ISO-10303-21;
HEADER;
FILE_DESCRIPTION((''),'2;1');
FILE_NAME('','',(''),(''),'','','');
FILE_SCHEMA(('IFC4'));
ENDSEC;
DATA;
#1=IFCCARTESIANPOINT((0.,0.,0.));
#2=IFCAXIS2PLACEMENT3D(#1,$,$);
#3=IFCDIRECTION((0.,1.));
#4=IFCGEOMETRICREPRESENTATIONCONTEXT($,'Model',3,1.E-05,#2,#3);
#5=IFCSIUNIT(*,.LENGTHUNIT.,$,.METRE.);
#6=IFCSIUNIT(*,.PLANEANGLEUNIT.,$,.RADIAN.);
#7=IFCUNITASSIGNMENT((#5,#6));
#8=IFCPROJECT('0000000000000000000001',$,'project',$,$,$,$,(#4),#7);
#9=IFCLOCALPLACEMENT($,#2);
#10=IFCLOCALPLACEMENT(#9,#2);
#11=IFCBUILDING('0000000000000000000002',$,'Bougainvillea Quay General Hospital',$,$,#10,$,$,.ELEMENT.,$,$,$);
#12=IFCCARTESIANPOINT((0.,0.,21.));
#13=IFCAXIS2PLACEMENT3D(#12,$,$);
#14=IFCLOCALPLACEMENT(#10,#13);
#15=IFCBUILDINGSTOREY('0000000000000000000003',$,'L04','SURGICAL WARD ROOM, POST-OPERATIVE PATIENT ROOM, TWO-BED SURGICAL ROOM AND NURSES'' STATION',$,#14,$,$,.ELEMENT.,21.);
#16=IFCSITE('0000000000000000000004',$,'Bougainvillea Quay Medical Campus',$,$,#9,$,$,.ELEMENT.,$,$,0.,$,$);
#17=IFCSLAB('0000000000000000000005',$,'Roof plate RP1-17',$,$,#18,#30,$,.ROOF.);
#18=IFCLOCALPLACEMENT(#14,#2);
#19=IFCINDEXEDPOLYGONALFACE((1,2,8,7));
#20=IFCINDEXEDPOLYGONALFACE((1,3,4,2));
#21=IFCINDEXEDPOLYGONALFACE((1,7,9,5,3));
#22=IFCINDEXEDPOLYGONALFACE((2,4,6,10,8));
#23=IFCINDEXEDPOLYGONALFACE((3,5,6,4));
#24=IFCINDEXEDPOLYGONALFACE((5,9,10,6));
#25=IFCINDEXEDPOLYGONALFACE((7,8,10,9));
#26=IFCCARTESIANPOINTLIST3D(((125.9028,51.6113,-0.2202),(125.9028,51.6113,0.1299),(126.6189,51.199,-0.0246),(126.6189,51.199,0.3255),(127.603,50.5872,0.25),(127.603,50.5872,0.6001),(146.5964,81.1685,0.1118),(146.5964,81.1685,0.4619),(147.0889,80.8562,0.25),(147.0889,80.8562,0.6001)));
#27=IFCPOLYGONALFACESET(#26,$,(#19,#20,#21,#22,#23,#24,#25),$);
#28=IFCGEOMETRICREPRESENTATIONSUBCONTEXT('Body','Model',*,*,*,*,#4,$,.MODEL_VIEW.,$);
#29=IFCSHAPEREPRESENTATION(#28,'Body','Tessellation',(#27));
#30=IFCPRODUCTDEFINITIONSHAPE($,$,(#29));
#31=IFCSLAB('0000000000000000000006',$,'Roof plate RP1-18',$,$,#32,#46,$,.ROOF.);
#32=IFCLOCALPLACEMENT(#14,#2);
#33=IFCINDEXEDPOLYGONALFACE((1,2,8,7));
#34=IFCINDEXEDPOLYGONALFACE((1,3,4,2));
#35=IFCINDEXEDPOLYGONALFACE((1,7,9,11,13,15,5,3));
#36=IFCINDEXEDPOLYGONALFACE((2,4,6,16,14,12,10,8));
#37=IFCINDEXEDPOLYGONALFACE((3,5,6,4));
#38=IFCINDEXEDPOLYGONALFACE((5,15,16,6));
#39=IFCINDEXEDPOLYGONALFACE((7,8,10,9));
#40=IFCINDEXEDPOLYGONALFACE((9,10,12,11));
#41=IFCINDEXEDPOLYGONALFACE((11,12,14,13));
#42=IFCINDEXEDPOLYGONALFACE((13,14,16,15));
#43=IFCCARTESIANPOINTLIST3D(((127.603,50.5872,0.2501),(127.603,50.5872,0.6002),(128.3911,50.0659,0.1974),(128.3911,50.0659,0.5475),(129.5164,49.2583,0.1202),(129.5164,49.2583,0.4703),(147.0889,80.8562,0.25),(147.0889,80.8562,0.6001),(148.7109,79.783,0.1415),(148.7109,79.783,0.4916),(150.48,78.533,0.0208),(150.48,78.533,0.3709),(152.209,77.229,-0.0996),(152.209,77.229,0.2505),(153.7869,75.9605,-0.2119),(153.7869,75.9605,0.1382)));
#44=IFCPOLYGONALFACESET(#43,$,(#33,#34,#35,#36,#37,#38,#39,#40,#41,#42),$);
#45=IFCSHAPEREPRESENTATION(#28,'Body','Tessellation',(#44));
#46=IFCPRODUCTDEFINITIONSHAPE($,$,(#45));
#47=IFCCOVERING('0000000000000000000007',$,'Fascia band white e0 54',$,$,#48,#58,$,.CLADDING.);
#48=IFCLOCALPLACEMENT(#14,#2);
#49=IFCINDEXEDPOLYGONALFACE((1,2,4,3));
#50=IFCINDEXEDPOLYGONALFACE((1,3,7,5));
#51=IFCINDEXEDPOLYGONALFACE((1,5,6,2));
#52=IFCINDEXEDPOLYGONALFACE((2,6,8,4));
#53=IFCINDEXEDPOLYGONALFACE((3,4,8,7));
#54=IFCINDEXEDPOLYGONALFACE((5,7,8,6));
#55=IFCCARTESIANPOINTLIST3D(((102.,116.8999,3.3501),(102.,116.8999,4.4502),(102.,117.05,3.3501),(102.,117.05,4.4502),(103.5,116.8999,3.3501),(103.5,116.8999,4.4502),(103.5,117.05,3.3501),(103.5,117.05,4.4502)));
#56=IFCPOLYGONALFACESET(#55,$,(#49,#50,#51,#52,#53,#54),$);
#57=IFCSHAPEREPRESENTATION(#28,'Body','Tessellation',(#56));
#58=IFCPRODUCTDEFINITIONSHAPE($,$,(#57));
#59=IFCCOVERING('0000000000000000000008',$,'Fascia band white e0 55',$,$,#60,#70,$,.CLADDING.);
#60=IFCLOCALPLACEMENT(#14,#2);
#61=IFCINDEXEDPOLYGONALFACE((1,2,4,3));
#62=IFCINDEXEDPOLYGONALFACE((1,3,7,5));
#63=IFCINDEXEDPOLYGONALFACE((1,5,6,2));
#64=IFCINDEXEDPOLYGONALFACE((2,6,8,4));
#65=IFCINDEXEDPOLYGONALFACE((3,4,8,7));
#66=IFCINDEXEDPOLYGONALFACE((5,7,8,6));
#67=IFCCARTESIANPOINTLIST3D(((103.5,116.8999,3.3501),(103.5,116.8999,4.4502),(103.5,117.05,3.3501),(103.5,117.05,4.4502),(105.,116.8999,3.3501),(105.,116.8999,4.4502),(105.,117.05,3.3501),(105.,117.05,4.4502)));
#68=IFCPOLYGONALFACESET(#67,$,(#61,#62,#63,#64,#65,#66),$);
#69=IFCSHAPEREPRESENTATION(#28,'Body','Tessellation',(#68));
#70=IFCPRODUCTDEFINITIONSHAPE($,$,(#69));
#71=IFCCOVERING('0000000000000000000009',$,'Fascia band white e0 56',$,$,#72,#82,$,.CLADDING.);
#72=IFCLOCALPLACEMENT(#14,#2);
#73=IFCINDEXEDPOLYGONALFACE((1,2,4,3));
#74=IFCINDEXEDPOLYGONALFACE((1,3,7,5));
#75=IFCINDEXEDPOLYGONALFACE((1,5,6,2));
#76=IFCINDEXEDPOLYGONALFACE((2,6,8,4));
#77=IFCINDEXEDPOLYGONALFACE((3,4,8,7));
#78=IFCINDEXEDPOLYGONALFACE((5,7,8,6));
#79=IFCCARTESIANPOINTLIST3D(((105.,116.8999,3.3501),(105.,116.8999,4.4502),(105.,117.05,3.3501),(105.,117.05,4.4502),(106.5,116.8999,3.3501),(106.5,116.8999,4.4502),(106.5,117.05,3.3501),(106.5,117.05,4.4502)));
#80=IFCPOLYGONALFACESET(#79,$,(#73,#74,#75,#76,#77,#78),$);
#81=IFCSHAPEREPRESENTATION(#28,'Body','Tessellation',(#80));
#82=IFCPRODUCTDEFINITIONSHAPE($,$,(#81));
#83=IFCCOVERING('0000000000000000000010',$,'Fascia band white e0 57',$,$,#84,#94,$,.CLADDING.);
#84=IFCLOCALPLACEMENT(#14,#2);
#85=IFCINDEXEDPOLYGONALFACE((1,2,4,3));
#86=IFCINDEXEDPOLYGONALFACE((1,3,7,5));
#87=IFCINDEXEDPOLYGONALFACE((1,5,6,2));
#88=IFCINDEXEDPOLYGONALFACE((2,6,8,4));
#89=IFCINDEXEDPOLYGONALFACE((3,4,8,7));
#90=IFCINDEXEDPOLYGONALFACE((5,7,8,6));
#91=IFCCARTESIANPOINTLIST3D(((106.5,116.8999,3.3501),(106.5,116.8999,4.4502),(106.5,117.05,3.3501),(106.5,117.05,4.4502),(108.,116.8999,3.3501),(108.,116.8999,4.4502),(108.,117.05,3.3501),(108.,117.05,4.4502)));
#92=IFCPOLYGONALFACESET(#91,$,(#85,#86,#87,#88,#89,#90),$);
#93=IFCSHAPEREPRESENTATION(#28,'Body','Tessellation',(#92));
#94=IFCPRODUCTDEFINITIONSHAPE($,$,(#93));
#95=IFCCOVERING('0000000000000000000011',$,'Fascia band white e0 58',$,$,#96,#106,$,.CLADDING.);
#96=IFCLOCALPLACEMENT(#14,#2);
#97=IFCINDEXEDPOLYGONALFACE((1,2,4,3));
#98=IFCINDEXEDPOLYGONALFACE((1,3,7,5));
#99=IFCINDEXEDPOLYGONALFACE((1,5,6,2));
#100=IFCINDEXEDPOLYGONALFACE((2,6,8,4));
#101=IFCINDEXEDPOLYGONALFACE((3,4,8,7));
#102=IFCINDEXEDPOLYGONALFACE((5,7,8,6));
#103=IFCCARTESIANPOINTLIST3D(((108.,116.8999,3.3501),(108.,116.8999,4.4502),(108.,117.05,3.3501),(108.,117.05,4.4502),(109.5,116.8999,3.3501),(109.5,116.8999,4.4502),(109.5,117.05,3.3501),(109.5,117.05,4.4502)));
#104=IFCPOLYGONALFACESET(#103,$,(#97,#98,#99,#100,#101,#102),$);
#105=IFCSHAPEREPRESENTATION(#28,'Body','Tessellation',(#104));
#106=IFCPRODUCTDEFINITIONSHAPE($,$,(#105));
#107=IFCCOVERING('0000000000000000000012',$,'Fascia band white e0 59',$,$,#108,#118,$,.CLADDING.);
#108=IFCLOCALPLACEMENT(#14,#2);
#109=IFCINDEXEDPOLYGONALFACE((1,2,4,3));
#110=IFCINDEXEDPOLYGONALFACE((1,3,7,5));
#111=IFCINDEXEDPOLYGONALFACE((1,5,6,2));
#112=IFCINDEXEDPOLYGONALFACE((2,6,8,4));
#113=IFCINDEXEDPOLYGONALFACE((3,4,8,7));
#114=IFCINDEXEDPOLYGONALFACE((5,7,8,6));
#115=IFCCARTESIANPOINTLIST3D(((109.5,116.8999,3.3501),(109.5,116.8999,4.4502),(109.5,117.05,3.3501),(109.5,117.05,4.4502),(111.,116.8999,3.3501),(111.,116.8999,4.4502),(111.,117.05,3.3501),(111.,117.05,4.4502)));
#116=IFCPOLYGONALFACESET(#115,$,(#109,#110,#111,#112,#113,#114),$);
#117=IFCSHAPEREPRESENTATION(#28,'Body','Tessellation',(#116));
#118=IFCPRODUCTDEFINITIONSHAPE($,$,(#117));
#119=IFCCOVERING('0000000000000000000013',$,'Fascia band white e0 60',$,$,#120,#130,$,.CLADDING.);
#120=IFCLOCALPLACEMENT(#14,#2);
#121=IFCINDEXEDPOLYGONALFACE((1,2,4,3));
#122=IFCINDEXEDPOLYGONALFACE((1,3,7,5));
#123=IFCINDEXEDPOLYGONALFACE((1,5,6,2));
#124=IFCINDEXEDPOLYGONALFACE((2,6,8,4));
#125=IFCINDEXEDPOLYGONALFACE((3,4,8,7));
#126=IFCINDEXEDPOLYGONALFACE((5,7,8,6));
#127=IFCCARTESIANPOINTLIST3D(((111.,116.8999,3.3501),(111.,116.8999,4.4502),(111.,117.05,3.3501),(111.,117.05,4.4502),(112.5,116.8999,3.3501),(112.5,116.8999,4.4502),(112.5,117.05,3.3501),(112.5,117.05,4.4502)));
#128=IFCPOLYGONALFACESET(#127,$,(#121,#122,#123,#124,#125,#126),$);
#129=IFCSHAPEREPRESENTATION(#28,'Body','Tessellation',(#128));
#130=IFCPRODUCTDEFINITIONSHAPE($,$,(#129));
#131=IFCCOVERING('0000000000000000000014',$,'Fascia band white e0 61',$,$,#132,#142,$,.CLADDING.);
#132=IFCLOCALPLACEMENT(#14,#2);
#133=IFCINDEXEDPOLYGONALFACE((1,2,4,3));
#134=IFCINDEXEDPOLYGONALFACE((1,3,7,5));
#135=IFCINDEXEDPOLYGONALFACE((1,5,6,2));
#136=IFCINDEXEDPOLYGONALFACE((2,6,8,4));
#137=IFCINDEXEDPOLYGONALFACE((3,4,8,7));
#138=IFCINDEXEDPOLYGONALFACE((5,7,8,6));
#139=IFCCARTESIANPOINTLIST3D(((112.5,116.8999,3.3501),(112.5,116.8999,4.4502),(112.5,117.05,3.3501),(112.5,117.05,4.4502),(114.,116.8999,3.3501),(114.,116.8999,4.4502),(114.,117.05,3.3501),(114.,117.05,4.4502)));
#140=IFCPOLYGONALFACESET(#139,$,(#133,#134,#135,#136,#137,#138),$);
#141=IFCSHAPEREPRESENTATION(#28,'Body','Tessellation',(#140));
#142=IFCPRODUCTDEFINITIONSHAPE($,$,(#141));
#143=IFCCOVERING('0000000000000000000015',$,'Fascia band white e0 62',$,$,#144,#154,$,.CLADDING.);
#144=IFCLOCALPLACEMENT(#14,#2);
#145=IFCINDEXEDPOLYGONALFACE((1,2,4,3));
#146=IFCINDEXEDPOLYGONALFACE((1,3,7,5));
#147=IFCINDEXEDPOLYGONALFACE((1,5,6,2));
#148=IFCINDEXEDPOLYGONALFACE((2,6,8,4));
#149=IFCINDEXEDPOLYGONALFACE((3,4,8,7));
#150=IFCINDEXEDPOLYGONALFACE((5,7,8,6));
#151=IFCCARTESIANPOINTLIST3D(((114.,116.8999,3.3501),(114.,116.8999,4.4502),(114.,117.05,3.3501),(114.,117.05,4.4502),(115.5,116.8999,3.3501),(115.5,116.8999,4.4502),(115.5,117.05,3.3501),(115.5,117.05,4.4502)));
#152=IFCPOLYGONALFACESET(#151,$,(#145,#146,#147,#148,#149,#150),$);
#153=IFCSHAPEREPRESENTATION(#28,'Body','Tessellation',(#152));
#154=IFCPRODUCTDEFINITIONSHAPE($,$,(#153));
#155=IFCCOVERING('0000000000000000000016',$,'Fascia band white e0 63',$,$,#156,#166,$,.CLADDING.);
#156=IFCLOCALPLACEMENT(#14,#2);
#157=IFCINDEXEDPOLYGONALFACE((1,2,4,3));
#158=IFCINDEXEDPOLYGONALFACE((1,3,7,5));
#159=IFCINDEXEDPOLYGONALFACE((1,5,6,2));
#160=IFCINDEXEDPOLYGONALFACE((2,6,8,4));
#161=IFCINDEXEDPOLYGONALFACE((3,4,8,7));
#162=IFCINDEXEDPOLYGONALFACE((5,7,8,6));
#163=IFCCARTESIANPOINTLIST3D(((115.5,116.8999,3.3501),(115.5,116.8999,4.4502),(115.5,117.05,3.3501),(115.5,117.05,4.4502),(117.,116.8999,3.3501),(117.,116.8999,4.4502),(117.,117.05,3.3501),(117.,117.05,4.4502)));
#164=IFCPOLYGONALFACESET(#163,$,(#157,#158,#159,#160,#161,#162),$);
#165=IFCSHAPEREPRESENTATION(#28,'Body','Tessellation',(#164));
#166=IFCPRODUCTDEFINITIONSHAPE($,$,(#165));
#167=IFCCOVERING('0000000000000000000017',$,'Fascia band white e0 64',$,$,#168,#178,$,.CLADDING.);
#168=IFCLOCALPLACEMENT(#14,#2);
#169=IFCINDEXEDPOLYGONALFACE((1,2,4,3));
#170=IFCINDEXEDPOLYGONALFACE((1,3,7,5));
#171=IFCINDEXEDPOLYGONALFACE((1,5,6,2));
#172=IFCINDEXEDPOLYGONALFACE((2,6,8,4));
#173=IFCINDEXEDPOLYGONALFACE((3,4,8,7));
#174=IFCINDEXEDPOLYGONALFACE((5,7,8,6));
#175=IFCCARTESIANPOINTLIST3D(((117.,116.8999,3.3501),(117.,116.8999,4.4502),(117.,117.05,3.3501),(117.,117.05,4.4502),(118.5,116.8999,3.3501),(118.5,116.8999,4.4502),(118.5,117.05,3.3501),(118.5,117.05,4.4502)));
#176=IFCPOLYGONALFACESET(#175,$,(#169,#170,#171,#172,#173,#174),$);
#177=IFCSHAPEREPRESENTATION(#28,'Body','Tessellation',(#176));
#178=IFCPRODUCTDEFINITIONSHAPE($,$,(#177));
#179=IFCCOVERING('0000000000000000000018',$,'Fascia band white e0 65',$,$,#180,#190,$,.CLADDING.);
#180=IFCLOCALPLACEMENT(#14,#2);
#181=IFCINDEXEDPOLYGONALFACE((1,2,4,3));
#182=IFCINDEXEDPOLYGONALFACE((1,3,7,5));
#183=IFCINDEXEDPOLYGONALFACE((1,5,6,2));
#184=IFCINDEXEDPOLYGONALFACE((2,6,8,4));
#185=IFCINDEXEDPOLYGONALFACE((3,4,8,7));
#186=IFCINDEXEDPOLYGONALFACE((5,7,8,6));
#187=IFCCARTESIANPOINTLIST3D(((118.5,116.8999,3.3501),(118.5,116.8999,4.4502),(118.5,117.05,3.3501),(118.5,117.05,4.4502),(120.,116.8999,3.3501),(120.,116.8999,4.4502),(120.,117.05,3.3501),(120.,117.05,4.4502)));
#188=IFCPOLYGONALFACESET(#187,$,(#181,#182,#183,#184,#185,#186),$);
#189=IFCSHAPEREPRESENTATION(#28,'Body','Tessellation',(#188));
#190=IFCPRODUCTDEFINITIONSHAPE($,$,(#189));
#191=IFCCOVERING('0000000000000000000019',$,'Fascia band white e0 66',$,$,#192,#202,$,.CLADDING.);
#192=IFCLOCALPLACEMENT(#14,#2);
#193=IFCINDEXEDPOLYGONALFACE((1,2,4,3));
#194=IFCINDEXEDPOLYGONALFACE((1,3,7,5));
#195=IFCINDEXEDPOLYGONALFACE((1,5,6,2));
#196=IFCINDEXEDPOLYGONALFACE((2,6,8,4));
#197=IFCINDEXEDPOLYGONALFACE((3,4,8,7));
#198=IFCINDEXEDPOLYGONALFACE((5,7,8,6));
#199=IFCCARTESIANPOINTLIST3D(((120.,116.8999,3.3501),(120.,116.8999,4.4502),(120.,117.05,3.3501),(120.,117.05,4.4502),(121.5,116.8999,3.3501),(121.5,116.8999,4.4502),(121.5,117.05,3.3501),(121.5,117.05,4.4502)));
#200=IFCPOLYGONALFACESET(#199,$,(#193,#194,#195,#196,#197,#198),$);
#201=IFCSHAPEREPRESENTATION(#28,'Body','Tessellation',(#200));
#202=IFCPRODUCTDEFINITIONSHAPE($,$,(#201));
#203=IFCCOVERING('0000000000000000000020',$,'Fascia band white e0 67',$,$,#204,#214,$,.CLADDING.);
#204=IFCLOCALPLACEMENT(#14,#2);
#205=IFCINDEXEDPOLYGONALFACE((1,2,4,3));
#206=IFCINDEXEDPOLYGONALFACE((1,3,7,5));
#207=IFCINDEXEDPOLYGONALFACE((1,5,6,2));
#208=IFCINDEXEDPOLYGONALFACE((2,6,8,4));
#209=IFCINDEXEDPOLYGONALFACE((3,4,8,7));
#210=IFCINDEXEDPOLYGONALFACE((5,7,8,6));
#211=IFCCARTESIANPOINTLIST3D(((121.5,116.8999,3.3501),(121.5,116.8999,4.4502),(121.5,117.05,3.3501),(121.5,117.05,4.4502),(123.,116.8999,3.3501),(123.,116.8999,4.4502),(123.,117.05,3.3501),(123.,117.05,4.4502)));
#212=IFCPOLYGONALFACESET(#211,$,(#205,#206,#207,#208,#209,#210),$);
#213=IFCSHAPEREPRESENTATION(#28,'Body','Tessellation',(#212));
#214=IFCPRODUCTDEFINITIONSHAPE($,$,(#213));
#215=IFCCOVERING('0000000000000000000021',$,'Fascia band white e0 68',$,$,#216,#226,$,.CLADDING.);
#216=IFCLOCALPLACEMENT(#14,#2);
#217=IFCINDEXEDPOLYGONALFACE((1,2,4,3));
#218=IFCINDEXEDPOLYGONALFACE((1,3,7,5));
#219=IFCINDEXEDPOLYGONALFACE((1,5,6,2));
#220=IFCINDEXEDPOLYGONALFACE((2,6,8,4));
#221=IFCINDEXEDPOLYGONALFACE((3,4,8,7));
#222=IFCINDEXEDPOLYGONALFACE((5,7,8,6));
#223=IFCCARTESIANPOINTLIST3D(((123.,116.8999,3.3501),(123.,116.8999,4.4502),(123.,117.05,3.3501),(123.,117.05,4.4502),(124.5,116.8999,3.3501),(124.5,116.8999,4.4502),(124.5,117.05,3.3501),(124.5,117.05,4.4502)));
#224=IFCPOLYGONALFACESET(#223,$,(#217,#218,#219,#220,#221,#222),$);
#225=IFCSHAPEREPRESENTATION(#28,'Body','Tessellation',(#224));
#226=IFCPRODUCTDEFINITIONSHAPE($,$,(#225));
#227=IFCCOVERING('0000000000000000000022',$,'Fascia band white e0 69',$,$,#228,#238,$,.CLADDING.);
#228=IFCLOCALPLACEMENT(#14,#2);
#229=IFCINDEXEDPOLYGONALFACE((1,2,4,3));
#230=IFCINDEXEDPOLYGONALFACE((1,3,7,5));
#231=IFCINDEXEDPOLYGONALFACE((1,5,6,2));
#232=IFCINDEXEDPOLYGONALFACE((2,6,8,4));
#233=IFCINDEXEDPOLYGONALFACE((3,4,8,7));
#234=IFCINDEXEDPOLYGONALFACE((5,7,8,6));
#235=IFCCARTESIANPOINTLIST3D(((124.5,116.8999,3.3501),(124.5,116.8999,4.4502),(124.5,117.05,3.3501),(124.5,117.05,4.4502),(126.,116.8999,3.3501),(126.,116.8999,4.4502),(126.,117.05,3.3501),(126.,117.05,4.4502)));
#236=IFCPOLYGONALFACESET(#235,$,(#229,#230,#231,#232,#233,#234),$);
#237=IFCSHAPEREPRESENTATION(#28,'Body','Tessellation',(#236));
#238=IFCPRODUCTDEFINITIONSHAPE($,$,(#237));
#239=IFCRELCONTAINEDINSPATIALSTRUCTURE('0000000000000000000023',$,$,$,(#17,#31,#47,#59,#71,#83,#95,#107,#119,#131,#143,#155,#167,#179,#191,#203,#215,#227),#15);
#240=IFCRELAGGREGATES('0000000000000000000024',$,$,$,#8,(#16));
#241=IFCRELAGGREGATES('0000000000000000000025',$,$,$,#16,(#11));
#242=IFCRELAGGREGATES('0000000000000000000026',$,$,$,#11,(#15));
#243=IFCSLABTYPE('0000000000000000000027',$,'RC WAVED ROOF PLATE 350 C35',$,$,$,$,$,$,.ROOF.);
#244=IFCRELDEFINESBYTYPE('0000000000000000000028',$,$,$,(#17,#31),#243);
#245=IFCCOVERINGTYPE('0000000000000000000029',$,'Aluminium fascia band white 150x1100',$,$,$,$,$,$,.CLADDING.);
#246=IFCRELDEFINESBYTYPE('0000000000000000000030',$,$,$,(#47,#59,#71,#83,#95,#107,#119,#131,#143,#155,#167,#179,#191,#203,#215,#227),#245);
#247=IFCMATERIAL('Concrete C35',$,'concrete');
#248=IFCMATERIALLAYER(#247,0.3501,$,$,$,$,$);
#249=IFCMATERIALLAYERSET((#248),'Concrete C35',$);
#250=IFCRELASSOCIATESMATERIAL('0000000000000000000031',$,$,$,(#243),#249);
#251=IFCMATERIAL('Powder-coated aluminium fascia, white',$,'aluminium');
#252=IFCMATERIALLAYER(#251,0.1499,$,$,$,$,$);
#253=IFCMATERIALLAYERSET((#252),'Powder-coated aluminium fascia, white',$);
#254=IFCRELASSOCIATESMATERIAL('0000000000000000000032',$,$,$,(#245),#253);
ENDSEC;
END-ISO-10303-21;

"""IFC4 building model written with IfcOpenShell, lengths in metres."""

from ifc_helpers import new_model, si_unit, direction, frame, origin, place, context, subcontext, project, spatial, polyline, outline, extrude, material, layer, layer_set, type_object, element, save


model = new_model("IFC4")

# Units and contexts
model_context = context("Model", 3, precision=1e-05, world=origin(), true_north=direction((0.0, 1.0)))
body_context = subcontext(model_context, "Body", "Model", "MODEL_VIEW")
ifc_project = project(units=[si_unit("LENGTHUNIT", "METRE"), si_unit("PLANEANGLEUNIT", "RADIAN")], contexts=[model_context])

# Site, building, storey
site_placement = place(None, origin())
site = spatial("IfcSite", under=ifc_project, at=site_placement, Name="Bougainvillea Quay Medical Campus", CompositionType="ELEMENT", RefElevation=0.0)
building_placement = place(site_placement, origin())
building = spatial("IfcBuilding", under=site, at=building_placement, Name="Bougainvillea Quay General Hospital", CompositionType="ELEMENT")
storey_placement = place(building_placement, frame((0.0, 0.0, 21.0)))
storey = spatial("IfcBuildingStorey", under=building, at=storey_placement, Name="L04", Description="SURGICAL WARD ROOM, POST-OPERATIVE PATIENT ROOM, TWO-BED SURGICAL ROOM AND NURSES' STATION", CompositionType="ELEMENT", Elevation=21.0)

# Slabs
ifc_material_1 = material(Name="Concrete C35", Category="concrete")
ifc_layer_1 = layer(ifc_material_1, 0.3501)
ifc_layer_set_1 = layer_set([ifc_layer_1], Name="Concrete C35")
slab_type = type_object("IfcSlabType", Name="RC WAVED ROOF PLATE 350 C35", PredefinedType="ROOF", material=ifc_layer_set_1)
slab_1_placement = place(storey_placement, frame((146.5964, 81.1685, 0.4619), z_axis=(-0.193911, 0.124829, 0.973045), x_axis=(-0.573505, -0.81915, -0.009203)))
element("IfcSlab", 1, at=slab_1_placement, inside=storey, type_object=slab_type, Name="Roof plate RP1-17", PredefinedType="ROOF", context=body_context, shape_type="SweptSolid", body=[
    extrude(outline(polyline([(0.0, 0.0), (36.0827, 0.0), (36.008, 0.8458), (35.9422, 2.0349), (-0.0279, 0.5986), (0.0, 0.0)])), origin(), (0.009203, -0.230432, -0.973045), 0.3501),
])
slab_2_placement = place(storey_placement, frame((147.0889, 80.8562, 0.6001), z_axis=(0.046827, -0.030143, 0.998448), x_axis=(-0.541291, -0.840835, 0.000002)))
element("IfcSlab", 2, at=slab_2_placement, inside=storey, type_object=slab_type, Name="Roof plate RP1-18", PredefinedType="ROOF", context=body_context, shape_type="SweptSolid", body=[
    extrude(outline(polyline([(0.0, 0.0), (35.9988, 0.0), (36.0105, 0.9463), (36.0805, 2.3317), (0.491, 8.2948), (0.2784, 6.2783), (0.1179, 4.1153), (0.0244, 1.9479), (0.0, 0.0)])), origin(), (-0.000002, 0.055691, -0.998448), 0.3501),
])

# Coverings
ifc_material_2 = material(Name="Powder-coated aluminium fascia, white", Category="aluminium")
ifc_layer_2 = layer(ifc_material_2, 0.1499)
ifc_layer_set_2 = layer_set([ifc_layer_2], Name="Powder-coated aluminium fascia, white")
covering_type = type_object("IfcCoveringType", Name="Aluminium fascia band white 150x1100", PredefinedType="CLADDING", material=ifc_layer_set_2)
for number, where, z_axis, x_axis, name in (
    (3, (102.0, 117.05, 3.3501), (0.0, 0.0, 1.0), (1.0, 0.0, 0.0), "Fascia band white e0 54"),
    (4, (103.5, 117.05, 3.3501), (0.0, 0.0, 1.0), (1.0, 0.0, 0.0), "Fascia band white e0 55"),
    (5, (105.0, 117.05, 3.3501), (0.0, 0.0, 1.0), (1.0, 0.0, 0.0), "Fascia band white e0 56"),
    (6, (106.5, 117.05, 3.3501), (0.0, 0.0, 1.0), (1.0, 0.0, 0.0), "Fascia band white e0 57"),
    (7, (108.0, 117.05, 3.3501), (0.0, 0.0, 1.0), (1.0, 0.0, 0.0), "Fascia band white e0 58"),
    (8, (109.5, 117.05, 3.3501), (0.0, 0.0, 1.0), (1.0, 0.0, 0.0), "Fascia band white e0 59"),
    (9, (111.0, 117.05, 3.3501), (0.0, 0.0, 1.0), (1.0, 0.0, 0.0), "Fascia band white e0 60"),
    (10, (112.5, 117.05, 3.3501), (0.0, 0.0, 1.0), (1.0, 0.0, 0.0), "Fascia band white e0 61"),
    (11, (114.0, 117.05, 3.3501), (0.0, 0.0, 1.0), (1.0, 0.0, 0.0), "Fascia band white e0 62"),
    (12, (115.5, 117.05, 3.3501), (0.0, 0.0, 1.0), (1.0, 0.0, 0.0), "Fascia band white e0 63"),
    (13, (117.0, 117.05, 3.3501), (0.0, 0.0, 1.0), (1.0, 0.0, 0.0), "Fascia band white e0 64"),
    (14, (118.5, 117.05, 3.3501), (0.0, 0.0, 1.0), (1.0, 0.0, 0.0), "Fascia band white e0 65"),
    (15, (120.0, 117.05, 3.3501), (0.0, 0.0, 1.0), (1.0, 0.0, 0.0), "Fascia band white e0 66"),
    (16, (121.5, 117.05, 3.3501), (0.0, 0.0, 1.0), (1.0, 0.0, 0.0), "Fascia band white e0 67"),
    (17, (123.0, 117.05, 3.3501), (0.0, 0.0, 1.0), (1.0, 0.0, 0.0), "Fascia band white e0 68"),
    (18, (124.5, 117.05, 3.3501), (0.0, 0.0, 1.0), (1.0, 0.0, 0.0), "Fascia band white e0 69"),
):
    element("IfcCovering", number, at=place(storey_placement, frame(where, z_axis=z_axis, x_axis=x_axis)), inside=storey, type_object=covering_type, Name=name, PredefinedType="CLADDING", context=body_context, shape_type="SweptSolid", body=[
        extrude(outline(polyline([(0.0, 0.0), (1.5, 0.0), (1.5, -0.1501), (0.0, -0.1501), (0.0, 0.0)])), origin(), (0.0, 0.0, 1.0), 1.1001),
    ])

save(model, "model.ifc")
